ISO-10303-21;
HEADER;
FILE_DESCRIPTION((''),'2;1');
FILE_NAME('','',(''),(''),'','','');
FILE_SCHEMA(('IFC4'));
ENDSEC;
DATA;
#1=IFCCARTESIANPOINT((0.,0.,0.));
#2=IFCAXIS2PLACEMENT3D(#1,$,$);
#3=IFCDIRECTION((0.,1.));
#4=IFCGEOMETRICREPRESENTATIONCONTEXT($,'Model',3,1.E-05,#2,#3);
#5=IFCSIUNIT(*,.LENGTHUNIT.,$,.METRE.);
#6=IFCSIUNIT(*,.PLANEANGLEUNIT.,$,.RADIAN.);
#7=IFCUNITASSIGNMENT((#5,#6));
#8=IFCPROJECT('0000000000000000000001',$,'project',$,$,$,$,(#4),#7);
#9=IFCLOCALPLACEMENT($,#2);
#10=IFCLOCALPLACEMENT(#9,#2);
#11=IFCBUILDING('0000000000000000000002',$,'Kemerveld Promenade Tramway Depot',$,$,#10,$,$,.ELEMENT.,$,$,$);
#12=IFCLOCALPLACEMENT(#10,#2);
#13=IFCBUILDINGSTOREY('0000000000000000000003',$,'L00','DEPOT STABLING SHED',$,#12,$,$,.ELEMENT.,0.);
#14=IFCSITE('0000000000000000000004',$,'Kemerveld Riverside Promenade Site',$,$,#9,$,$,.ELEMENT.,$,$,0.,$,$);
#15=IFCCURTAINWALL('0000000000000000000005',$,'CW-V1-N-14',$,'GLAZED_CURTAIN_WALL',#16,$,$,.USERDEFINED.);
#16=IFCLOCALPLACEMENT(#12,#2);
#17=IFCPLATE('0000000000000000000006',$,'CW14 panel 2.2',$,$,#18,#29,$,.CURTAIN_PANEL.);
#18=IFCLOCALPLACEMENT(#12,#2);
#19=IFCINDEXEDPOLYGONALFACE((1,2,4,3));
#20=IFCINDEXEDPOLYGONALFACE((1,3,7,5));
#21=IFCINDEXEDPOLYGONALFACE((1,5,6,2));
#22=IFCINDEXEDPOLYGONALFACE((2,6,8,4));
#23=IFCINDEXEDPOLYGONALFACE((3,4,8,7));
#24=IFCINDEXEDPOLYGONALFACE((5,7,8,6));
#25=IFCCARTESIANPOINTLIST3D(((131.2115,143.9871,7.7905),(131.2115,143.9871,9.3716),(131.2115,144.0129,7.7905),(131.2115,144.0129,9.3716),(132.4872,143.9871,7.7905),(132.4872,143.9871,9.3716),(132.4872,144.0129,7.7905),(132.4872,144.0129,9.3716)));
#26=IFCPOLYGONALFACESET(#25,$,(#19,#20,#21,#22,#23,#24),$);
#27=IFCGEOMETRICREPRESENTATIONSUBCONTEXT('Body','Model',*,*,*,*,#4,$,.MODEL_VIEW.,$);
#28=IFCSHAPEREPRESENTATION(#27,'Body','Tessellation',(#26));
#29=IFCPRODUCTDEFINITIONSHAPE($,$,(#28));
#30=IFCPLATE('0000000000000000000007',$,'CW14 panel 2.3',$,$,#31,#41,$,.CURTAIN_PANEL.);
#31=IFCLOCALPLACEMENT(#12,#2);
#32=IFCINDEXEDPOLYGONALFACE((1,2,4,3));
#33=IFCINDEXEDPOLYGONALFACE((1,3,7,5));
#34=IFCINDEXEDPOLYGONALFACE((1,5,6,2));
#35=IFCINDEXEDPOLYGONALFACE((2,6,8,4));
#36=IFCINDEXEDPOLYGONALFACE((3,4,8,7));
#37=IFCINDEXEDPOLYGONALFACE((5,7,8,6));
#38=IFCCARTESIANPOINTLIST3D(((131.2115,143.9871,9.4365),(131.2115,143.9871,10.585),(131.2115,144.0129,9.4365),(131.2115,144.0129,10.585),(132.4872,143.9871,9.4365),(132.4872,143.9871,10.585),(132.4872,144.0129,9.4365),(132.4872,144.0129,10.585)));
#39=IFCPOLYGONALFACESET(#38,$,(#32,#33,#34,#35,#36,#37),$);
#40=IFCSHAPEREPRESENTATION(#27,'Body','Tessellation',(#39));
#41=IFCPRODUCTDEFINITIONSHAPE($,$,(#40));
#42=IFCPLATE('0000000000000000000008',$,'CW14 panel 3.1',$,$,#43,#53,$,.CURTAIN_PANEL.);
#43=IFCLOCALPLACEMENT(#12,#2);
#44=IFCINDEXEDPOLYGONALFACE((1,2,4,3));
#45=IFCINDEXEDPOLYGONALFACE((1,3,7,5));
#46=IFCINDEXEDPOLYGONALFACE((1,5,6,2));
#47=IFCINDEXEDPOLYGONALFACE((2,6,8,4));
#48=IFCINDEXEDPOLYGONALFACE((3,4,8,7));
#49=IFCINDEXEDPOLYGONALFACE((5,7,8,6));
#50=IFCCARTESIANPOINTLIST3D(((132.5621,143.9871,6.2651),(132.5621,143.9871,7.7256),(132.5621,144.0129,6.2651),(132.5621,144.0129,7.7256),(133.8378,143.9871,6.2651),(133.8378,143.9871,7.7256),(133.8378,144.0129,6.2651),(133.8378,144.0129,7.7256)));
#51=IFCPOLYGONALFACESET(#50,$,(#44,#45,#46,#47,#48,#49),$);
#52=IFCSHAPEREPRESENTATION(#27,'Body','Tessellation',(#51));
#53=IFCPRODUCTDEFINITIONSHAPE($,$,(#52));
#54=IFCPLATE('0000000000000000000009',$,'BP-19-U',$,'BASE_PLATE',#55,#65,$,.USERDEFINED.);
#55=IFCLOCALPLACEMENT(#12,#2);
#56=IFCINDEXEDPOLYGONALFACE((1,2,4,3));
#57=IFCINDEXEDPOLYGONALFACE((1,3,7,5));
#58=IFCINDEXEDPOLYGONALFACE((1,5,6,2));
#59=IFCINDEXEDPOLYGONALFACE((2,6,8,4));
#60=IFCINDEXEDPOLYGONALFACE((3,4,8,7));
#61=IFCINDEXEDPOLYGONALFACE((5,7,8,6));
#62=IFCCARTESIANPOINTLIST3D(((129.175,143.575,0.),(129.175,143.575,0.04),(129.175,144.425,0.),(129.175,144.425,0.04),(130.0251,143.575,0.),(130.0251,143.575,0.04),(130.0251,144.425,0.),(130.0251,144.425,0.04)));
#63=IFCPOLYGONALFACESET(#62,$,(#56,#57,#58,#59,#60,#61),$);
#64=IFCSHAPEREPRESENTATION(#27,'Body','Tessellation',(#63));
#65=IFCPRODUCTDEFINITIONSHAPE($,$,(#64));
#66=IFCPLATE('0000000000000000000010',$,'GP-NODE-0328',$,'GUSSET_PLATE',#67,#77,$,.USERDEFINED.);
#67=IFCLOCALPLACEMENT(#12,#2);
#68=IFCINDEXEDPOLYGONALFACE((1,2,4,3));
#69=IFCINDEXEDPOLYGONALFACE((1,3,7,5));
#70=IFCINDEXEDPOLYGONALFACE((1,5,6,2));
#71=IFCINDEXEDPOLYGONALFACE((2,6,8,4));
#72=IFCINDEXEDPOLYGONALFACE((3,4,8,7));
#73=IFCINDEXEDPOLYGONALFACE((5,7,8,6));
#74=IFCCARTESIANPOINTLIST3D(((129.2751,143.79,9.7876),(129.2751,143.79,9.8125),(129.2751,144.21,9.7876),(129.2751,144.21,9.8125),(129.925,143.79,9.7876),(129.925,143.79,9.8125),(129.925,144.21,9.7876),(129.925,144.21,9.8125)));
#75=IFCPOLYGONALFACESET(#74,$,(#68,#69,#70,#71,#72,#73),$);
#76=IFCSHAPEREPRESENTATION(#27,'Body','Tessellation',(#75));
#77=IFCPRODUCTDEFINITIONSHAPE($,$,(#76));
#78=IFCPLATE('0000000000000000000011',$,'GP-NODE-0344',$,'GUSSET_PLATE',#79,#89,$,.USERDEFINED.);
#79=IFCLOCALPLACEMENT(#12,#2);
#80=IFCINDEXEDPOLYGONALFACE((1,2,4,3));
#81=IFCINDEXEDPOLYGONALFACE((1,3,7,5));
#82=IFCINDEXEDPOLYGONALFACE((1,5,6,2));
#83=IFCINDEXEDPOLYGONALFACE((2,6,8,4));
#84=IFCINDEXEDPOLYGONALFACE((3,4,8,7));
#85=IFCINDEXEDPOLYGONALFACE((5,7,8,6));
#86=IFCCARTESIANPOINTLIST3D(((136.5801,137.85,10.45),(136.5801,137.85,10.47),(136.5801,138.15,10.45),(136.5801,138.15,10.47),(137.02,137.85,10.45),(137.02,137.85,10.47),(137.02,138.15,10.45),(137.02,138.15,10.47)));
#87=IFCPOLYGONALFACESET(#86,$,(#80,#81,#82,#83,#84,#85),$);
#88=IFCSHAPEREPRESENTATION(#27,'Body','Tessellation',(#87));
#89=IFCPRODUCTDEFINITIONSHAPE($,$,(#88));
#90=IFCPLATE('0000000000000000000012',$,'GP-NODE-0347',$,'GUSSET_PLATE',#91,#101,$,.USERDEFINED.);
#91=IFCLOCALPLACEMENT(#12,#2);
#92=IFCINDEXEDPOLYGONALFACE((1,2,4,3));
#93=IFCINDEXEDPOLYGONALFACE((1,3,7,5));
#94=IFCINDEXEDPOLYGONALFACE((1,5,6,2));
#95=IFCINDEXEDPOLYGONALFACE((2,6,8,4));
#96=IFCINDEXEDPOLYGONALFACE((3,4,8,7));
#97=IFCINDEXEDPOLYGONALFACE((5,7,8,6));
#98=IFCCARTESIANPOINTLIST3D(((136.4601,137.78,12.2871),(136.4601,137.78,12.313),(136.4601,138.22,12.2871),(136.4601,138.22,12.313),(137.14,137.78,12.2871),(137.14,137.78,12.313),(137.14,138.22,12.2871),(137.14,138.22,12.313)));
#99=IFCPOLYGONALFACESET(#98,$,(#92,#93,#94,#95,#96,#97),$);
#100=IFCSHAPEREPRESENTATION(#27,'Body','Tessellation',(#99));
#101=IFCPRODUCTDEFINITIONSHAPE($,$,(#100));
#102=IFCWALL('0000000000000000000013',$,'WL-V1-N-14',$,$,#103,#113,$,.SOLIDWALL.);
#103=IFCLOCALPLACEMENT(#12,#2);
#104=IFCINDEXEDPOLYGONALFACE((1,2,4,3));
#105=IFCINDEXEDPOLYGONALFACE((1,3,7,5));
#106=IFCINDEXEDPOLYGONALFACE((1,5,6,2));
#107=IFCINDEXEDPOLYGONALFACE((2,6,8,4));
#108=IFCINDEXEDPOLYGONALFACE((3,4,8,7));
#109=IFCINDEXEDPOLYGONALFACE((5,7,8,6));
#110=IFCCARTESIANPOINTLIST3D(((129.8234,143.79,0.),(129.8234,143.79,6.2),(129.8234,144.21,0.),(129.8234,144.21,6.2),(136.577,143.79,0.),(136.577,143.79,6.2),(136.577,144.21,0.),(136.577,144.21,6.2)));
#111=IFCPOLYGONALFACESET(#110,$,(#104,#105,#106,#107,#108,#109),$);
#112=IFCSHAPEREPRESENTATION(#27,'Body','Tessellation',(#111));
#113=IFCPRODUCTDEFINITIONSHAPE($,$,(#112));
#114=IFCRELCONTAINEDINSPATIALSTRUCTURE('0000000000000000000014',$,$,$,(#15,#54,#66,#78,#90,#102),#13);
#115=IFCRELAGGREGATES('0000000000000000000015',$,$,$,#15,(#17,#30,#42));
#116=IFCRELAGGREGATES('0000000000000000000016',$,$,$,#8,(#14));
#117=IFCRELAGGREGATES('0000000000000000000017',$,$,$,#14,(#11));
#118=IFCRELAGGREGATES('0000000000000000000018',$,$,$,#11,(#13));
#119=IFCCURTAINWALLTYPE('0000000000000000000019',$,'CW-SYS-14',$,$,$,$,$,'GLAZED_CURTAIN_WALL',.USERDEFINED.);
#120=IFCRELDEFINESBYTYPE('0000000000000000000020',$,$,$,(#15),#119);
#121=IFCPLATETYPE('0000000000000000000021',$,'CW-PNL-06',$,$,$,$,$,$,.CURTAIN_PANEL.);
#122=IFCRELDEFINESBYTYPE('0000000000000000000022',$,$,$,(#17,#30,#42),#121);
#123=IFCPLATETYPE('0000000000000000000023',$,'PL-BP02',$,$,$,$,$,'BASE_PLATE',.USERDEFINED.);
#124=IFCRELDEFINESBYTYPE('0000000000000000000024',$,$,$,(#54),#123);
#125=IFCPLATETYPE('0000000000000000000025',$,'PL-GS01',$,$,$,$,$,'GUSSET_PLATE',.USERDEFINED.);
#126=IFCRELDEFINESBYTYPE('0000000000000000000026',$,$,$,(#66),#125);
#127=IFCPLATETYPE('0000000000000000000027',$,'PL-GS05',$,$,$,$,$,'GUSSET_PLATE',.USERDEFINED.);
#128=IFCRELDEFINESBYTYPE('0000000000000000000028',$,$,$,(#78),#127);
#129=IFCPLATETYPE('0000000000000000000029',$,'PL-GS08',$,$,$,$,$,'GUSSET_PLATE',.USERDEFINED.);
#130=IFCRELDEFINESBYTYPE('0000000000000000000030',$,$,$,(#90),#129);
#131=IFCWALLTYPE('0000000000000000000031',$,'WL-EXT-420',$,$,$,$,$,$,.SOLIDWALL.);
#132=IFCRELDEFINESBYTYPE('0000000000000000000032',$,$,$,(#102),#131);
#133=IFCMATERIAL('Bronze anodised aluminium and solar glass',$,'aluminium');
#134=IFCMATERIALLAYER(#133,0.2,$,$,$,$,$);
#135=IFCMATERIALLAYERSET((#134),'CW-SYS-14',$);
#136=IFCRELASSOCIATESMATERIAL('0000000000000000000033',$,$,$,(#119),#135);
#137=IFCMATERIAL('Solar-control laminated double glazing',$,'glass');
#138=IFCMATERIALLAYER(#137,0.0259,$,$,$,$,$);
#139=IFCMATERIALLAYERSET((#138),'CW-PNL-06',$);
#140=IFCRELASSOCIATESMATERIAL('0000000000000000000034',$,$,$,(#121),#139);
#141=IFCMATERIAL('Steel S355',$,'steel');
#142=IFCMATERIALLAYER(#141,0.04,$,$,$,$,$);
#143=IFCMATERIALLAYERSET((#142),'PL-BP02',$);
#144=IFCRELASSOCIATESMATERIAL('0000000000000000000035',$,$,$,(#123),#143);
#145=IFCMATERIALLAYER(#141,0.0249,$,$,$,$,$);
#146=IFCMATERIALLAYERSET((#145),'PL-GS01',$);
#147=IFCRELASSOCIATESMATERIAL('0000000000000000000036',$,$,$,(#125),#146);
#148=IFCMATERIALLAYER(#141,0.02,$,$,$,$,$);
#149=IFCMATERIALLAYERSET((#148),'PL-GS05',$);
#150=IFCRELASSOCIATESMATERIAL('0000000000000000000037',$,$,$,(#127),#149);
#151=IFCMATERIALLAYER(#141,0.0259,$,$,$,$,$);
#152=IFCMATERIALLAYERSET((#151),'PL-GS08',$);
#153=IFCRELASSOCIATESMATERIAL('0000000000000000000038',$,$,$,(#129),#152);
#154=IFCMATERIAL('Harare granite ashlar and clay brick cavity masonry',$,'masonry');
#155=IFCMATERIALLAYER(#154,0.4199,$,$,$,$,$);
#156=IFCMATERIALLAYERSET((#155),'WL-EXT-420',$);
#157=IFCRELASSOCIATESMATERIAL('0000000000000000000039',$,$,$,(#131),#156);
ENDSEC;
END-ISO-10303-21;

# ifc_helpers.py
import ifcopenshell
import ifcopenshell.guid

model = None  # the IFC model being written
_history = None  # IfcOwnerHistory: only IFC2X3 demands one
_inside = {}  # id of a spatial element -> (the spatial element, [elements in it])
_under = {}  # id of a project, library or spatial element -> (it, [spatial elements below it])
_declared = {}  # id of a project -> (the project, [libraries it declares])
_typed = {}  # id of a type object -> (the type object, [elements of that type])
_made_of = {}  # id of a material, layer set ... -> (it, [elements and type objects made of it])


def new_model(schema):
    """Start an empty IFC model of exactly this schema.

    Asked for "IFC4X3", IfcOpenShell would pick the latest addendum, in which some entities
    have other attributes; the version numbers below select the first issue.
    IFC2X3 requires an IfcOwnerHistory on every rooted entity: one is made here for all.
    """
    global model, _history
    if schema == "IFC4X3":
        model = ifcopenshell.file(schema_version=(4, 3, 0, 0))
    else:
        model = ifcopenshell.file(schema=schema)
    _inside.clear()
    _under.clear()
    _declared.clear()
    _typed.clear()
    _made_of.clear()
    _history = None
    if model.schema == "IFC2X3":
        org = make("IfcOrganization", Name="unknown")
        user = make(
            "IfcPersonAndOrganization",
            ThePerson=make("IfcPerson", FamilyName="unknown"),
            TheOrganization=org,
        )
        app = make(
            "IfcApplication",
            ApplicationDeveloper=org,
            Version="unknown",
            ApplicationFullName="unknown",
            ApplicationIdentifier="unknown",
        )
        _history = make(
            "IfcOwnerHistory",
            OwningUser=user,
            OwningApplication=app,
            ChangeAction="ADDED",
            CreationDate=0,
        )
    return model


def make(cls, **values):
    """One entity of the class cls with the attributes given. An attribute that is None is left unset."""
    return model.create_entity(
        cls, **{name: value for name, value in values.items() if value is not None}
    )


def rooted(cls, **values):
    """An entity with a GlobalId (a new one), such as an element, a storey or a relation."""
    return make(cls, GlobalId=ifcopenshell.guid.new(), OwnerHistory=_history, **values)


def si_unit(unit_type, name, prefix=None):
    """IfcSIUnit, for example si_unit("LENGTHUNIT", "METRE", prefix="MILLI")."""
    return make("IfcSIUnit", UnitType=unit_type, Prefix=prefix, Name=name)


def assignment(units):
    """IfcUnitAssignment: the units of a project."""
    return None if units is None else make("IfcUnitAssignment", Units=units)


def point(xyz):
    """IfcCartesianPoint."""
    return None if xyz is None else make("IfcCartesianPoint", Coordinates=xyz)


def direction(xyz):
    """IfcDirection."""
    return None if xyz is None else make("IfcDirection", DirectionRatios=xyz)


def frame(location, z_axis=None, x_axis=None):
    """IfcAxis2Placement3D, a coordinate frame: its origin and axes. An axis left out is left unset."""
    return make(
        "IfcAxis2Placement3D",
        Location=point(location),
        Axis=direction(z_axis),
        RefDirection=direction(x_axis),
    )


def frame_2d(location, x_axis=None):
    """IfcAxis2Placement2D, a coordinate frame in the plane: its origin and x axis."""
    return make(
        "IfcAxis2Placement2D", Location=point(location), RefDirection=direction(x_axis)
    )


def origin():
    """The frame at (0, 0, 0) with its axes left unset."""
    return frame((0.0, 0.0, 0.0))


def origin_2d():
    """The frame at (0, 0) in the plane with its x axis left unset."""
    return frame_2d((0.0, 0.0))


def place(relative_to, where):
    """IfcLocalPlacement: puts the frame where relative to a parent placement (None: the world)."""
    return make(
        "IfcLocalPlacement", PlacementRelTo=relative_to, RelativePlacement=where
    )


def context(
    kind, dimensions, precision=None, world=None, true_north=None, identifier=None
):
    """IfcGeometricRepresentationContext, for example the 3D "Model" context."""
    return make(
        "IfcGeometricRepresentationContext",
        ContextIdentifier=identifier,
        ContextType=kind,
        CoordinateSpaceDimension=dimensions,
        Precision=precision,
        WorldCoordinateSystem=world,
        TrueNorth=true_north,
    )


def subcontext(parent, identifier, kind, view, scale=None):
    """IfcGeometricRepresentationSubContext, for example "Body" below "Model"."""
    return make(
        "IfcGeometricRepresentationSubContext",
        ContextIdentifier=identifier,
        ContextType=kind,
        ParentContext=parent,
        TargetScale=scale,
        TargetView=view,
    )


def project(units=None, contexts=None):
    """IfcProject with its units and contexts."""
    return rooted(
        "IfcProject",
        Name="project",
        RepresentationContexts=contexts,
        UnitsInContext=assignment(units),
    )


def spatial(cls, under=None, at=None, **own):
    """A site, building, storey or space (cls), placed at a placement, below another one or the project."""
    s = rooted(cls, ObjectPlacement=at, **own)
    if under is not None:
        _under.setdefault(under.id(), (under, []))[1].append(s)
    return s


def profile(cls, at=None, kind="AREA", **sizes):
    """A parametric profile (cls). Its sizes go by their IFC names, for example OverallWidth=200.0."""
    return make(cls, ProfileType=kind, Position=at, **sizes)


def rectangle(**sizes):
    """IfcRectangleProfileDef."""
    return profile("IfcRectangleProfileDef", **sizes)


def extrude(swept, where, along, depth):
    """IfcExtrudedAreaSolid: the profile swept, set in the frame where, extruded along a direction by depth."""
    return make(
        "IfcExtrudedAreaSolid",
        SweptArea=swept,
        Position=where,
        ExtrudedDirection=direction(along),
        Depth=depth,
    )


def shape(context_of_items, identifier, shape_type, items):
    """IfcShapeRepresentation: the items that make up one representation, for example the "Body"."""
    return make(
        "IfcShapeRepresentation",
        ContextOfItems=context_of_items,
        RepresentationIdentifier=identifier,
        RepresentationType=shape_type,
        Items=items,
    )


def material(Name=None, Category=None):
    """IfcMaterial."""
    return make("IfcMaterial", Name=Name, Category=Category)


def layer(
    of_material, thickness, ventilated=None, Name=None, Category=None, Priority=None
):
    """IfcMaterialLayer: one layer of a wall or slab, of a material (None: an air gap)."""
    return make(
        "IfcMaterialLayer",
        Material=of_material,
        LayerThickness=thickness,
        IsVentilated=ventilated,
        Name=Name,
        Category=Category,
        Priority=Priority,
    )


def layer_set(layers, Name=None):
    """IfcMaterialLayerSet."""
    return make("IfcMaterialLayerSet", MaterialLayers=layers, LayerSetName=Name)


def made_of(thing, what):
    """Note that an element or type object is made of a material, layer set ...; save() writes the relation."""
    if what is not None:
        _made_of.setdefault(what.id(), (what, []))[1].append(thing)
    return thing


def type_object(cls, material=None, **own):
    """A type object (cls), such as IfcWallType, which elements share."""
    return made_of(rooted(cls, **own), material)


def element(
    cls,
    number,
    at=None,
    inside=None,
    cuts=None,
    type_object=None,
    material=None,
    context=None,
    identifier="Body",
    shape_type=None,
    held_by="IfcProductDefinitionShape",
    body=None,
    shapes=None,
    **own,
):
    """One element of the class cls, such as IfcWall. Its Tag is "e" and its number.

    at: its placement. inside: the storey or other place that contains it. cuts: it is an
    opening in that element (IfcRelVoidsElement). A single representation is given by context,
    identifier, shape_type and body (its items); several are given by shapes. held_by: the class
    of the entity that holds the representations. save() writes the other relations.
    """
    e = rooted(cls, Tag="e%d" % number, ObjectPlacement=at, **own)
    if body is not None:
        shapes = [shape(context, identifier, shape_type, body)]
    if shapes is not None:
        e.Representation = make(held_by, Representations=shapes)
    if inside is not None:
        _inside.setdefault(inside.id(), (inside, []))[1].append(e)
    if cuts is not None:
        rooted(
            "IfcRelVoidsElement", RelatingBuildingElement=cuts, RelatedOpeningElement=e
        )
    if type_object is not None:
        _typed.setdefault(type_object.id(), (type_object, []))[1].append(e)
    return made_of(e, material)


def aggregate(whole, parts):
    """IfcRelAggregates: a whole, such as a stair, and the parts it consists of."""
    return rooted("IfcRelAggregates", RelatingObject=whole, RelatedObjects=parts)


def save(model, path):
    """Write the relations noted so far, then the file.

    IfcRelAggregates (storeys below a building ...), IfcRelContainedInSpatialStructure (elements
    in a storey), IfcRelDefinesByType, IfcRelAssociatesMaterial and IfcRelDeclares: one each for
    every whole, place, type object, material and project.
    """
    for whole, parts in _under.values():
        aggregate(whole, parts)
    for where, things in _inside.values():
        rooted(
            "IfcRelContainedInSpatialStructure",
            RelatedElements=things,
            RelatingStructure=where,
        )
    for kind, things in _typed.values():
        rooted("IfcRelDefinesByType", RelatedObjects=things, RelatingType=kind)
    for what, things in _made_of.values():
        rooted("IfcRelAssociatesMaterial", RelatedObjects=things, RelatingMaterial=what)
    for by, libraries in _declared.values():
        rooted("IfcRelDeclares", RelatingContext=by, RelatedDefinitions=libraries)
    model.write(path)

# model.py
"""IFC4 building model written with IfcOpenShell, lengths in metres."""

from ifc_helpers import new_model, si_unit, direction, frame, frame_2d, origin, origin_2d, place, context, subcontext, project, spatial, rectangle, extrude, material, layer, layer_set, type_object, element, aggregate, save


model = new_model("IFC4")

# Units and contexts
model_context = context("Model", 3, precision=1e-05, world=origin(), true_north=direction((0.0, 1.0)))
body_context = subcontext(model_context, "Body", "Model", "MODEL_VIEW")
ifc_project = project(units=[si_unit("LENGTHUNIT", "METRE"), si_unit("PLANEANGLEUNIT", "RADIAN")], contexts=[model_context])

# Site, building, storey
site_placement = place(None, origin())
site = spatial("IfcSite", under=ifc_project, at=site_placement, Name="Kemerveld Riverside Promenade Site", CompositionType="ELEMENT", RefElevation=0.0)
building_placement = place(site_placement, origin())
building = spatial("IfcBuilding", under=site, at=building_placement, Name="Kemerveld Promenade Tramway Depot", CompositionType="ELEMENT")
storey_placement = place(building_placement, origin())
storey = spatial("IfcBuildingStorey", under=building, at=storey_placement, Name="L00", Description="DEPOT STABLING SHED", CompositionType="ELEMENT", Elevation=0.0)

# Shared definitions
ifc_material_1 = material(Name="Steel S355", Category="steel")

# Curtain wall
ifc_material_2 = material(Name="Bronze anodised aluminium and solar glass", Category="aluminium")
ifc_layer_1 = layer(ifc_material_2, 0.2)
ifc_layer_set_1 = layer_set([ifc_layer_1], Name="CW-SYS-14")
curtain_wall_type = type_object("IfcCurtainWallType", Name="CW-SYS-14", ElementType="GLAZED_CURTAIN_WALL", PredefinedType="USERDEFINED", material=ifc_layer_set_1)
curtain_wall_placement = place(storey_placement, origin())
curtain_wall = element("IfcCurtainWall", 1, at=curtain_wall_placement, inside=storey, type_object=curtain_wall_type, Name="CW-V1-N-14", ObjectType="GLAZED_CURTAIN_WALL", PredefinedType="USERDEFINED")

# Plates
ifc_material_3 = material(Name="Solar-control laminated double glazing", Category="glass")
ifc_layer_2 = layer(ifc_material_3, 0.0259)
ifc_layer_set_2 = layer_set([ifc_layer_2], Name="CW-PNL-06")
plate_type_1 = type_object("IfcPlateType", Name="CW-PNL-06", PredefinedType="CURTAIN_PANEL", material=ifc_layer_set_2)
plate_1_placement = place(storey_placement, frame((131.8494, 144.0, 7.7905), z_axis=(0.0, 0.0, 1.0), x_axis=(1.0, 0.0, 0.0)))
plate_1 = element("IfcPlate", 2, at=plate_1_placement, type_object=plate_type_1, Name="CW14 panel 2.2", PredefinedType="CURTAIN_PANEL", context=body_context, shape_type="SweptSolid", body=[
    extrude(rectangle(XDim=1.2756, YDim=0.0259, at=origin_2d()), origin(), (0.0, 0.0, 1.0), 1.5811),
])
plate_2_placement = place(storey_placement, frame((131.8494, 144.0, 9.4365), z_axis=(0.0, 0.0, 1.0), x_axis=(1.0, 0.0, 0.0)))
plate_2 = element("IfcPlate", 3, at=plate_2_placement, type_object=plate_type_1, Name="CW14 panel 2.3", PredefinedType="CURTAIN_PANEL", context=body_context, shape_type="SweptSolid", body=[
    extrude(rectangle(XDim=1.2756, YDim=0.0259, at=origin_2d()), origin(), (0.0, 0.0, 1.0), 1.1484),
])
plate_3_placement = place(storey_placement, frame((133.2, 144.0, 6.2651), z_axis=(0.0, 0.0, 1.0), x_axis=(1.0, 0.0, 0.0)))
plate_3 = element("IfcPlate", 4, at=plate_3_placement, type_object=plate_type_1, Name="CW14 panel 3.1", PredefinedType="CURTAIN_PANEL", context=body_context, shape_type="SweptSolid", body=[
    extrude(rectangle(XDim=1.2756, YDim=0.0259, at=origin_2d()), origin(), (0.0, 0.0, 1.0), 1.4604),
])
aggregate(curtain_wall, [plate_1, plate_2, plate_3])

# Plates
ifc_layer_3 = layer(ifc_material_1, 0.04)
ifc_layer_set_3 = layer_set([ifc_layer_3], Name="PL-BP02")
plate_type_2 = type_object("IfcPlateType", Name="PL-BP02", ElementType="BASE_PLATE", PredefinedType="USERDEFINED", material=ifc_layer_set_3)
plate_4_placement = place(storey_placement, frame((129.6001, 144.0, 0.0), z_axis=(0.0, 0.0, 1.0), x_axis=(1.0, 0.0, 0.0)))
element("IfcPlate", 5, at=plate_4_placement, inside=storey, type_object=plate_type_2, Name="BP-19-U", ObjectType="BASE_PLATE", PredefinedType="USERDEFINED", context=body_context, shape_type="SweptSolid", body=[
    extrude(rectangle(XDim=0.8501, YDim=0.8501, at=origin_2d()), origin(), (0.0, 0.0, 1.0), 0.04),
])
ifc_layer_4 = layer(ifc_material_1, 0.0249)
ifc_layer_set_4 = layer_set([ifc_layer_4], Name="PL-GS01")
plate_type_3 = type_object("IfcPlateType", Name="PL-GS01", ElementType="GUSSET_PLATE", PredefinedType="USERDEFINED", material=ifc_layer_set_4)
plate_5_placement = place(storey_placement, frame((129.6001, 144.0, 9.7876), z_axis=(0.0, 0.0, 1.0), x_axis=(1.0, 0.0, 0.0)))
element("IfcPlate", 6, at=plate_5_placement, inside=storey, type_object=plate_type_3, Name="GP-NODE-0328", ObjectType="GUSSET_PLATE", PredefinedType="USERDEFINED", context=body_context, shape_type="SweptSolid", body=[
    extrude(rectangle(XDim=0.6499, YDim=0.4199, at=origin_2d()), origin(), (0.0, 0.0, 1.0), 0.0249),
])
ifc_layer_5 = layer(ifc_material_1, 0.02)
ifc_layer_set_5 = layer_set([ifc_layer_5], Name="PL-GS05")
plate_type_4 = type_object("IfcPlateType", Name="PL-GS05", ElementType="GUSSET_PLATE", PredefinedType="USERDEFINED", material=ifc_layer_set_5)
plate_6_placement = place(storey_placement, frame((136.8, 138.0, 10.45), z_axis=(0.0, 0.0, 1.0), x_axis=(1.0, 0.0, 0.0)))
element("IfcPlate", 7, at=plate_6_placement, inside=storey, type_object=plate_type_4, Name="GP-NODE-0344", ObjectType="GUSSET_PLATE", PredefinedType="USERDEFINED", context=body_context, shape_type="SweptSolid", body=[
    extrude(rectangle(XDim=0.4399, YDim=0.3, at=origin_2d()), origin(), (0.0, 0.0, 1.0), 0.02),
])
ifc_layer_6 = layer(ifc_material_1, 0.0259)
ifc_layer_set_6 = layer_set([ifc_layer_6], Name="PL-GS08")
plate_type_5 = type_object("IfcPlateType", Name="PL-GS08", ElementType="GUSSET_PLATE", PredefinedType="USERDEFINED", material=ifc_layer_set_6)
plate_7_placement = place(storey_placement, frame((136.8, 138.0, 12.2871), z_axis=(0.0, 0.0, 1.0), x_axis=(1.0, 0.0, 0.0)))
element("IfcPlate", 8, at=plate_7_placement, inside=storey, type_object=plate_type_5, Name="GP-NODE-0347", ObjectType="GUSSET_PLATE", PredefinedType="USERDEFINED", context=body_context, shape_type="SweptSolid", body=[
    extrude(rectangle(XDim=0.6799, YDim=0.4399, at=origin_2d()), origin(), (0.0, 0.0, 1.0), 0.0259),
])

# Wall
ifc_material_4 = material(Name="Harare granite ashlar and clay brick cavity masonry", Category="masonry")
ifc_layer_7 = layer(ifc_material_4, 0.4199)
ifc_layer_set_7 = layer_set([ifc_layer_7], Name="WL-EXT-420")
wall_type = type_object("IfcWallType", Name="WL-EXT-420", PredefinedType="SOLIDWALL", material=ifc_layer_set_7)
wall_placement = place(storey_placement, frame((129.8232, 144.0, 0.0), z_axis=(0.0, 0.0, 1.0), x_axis=(1.0, 0.0, 0.0)))
element("IfcWall", 9, at=wall_placement, inside=storey, type_object=wall_type, Name="WL-V1-N-14", PredefinedType="SOLIDWALL", context=body_context, shape_type="SweptSolid", body=[
    extrude(rectangle(XDim=6.7537, YDim=0.4199, at=frame_2d((3.377, 0.0))), origin(), (0.0, 0.0, 1.0), 6.2),
])

save(model, "model.ifc")
